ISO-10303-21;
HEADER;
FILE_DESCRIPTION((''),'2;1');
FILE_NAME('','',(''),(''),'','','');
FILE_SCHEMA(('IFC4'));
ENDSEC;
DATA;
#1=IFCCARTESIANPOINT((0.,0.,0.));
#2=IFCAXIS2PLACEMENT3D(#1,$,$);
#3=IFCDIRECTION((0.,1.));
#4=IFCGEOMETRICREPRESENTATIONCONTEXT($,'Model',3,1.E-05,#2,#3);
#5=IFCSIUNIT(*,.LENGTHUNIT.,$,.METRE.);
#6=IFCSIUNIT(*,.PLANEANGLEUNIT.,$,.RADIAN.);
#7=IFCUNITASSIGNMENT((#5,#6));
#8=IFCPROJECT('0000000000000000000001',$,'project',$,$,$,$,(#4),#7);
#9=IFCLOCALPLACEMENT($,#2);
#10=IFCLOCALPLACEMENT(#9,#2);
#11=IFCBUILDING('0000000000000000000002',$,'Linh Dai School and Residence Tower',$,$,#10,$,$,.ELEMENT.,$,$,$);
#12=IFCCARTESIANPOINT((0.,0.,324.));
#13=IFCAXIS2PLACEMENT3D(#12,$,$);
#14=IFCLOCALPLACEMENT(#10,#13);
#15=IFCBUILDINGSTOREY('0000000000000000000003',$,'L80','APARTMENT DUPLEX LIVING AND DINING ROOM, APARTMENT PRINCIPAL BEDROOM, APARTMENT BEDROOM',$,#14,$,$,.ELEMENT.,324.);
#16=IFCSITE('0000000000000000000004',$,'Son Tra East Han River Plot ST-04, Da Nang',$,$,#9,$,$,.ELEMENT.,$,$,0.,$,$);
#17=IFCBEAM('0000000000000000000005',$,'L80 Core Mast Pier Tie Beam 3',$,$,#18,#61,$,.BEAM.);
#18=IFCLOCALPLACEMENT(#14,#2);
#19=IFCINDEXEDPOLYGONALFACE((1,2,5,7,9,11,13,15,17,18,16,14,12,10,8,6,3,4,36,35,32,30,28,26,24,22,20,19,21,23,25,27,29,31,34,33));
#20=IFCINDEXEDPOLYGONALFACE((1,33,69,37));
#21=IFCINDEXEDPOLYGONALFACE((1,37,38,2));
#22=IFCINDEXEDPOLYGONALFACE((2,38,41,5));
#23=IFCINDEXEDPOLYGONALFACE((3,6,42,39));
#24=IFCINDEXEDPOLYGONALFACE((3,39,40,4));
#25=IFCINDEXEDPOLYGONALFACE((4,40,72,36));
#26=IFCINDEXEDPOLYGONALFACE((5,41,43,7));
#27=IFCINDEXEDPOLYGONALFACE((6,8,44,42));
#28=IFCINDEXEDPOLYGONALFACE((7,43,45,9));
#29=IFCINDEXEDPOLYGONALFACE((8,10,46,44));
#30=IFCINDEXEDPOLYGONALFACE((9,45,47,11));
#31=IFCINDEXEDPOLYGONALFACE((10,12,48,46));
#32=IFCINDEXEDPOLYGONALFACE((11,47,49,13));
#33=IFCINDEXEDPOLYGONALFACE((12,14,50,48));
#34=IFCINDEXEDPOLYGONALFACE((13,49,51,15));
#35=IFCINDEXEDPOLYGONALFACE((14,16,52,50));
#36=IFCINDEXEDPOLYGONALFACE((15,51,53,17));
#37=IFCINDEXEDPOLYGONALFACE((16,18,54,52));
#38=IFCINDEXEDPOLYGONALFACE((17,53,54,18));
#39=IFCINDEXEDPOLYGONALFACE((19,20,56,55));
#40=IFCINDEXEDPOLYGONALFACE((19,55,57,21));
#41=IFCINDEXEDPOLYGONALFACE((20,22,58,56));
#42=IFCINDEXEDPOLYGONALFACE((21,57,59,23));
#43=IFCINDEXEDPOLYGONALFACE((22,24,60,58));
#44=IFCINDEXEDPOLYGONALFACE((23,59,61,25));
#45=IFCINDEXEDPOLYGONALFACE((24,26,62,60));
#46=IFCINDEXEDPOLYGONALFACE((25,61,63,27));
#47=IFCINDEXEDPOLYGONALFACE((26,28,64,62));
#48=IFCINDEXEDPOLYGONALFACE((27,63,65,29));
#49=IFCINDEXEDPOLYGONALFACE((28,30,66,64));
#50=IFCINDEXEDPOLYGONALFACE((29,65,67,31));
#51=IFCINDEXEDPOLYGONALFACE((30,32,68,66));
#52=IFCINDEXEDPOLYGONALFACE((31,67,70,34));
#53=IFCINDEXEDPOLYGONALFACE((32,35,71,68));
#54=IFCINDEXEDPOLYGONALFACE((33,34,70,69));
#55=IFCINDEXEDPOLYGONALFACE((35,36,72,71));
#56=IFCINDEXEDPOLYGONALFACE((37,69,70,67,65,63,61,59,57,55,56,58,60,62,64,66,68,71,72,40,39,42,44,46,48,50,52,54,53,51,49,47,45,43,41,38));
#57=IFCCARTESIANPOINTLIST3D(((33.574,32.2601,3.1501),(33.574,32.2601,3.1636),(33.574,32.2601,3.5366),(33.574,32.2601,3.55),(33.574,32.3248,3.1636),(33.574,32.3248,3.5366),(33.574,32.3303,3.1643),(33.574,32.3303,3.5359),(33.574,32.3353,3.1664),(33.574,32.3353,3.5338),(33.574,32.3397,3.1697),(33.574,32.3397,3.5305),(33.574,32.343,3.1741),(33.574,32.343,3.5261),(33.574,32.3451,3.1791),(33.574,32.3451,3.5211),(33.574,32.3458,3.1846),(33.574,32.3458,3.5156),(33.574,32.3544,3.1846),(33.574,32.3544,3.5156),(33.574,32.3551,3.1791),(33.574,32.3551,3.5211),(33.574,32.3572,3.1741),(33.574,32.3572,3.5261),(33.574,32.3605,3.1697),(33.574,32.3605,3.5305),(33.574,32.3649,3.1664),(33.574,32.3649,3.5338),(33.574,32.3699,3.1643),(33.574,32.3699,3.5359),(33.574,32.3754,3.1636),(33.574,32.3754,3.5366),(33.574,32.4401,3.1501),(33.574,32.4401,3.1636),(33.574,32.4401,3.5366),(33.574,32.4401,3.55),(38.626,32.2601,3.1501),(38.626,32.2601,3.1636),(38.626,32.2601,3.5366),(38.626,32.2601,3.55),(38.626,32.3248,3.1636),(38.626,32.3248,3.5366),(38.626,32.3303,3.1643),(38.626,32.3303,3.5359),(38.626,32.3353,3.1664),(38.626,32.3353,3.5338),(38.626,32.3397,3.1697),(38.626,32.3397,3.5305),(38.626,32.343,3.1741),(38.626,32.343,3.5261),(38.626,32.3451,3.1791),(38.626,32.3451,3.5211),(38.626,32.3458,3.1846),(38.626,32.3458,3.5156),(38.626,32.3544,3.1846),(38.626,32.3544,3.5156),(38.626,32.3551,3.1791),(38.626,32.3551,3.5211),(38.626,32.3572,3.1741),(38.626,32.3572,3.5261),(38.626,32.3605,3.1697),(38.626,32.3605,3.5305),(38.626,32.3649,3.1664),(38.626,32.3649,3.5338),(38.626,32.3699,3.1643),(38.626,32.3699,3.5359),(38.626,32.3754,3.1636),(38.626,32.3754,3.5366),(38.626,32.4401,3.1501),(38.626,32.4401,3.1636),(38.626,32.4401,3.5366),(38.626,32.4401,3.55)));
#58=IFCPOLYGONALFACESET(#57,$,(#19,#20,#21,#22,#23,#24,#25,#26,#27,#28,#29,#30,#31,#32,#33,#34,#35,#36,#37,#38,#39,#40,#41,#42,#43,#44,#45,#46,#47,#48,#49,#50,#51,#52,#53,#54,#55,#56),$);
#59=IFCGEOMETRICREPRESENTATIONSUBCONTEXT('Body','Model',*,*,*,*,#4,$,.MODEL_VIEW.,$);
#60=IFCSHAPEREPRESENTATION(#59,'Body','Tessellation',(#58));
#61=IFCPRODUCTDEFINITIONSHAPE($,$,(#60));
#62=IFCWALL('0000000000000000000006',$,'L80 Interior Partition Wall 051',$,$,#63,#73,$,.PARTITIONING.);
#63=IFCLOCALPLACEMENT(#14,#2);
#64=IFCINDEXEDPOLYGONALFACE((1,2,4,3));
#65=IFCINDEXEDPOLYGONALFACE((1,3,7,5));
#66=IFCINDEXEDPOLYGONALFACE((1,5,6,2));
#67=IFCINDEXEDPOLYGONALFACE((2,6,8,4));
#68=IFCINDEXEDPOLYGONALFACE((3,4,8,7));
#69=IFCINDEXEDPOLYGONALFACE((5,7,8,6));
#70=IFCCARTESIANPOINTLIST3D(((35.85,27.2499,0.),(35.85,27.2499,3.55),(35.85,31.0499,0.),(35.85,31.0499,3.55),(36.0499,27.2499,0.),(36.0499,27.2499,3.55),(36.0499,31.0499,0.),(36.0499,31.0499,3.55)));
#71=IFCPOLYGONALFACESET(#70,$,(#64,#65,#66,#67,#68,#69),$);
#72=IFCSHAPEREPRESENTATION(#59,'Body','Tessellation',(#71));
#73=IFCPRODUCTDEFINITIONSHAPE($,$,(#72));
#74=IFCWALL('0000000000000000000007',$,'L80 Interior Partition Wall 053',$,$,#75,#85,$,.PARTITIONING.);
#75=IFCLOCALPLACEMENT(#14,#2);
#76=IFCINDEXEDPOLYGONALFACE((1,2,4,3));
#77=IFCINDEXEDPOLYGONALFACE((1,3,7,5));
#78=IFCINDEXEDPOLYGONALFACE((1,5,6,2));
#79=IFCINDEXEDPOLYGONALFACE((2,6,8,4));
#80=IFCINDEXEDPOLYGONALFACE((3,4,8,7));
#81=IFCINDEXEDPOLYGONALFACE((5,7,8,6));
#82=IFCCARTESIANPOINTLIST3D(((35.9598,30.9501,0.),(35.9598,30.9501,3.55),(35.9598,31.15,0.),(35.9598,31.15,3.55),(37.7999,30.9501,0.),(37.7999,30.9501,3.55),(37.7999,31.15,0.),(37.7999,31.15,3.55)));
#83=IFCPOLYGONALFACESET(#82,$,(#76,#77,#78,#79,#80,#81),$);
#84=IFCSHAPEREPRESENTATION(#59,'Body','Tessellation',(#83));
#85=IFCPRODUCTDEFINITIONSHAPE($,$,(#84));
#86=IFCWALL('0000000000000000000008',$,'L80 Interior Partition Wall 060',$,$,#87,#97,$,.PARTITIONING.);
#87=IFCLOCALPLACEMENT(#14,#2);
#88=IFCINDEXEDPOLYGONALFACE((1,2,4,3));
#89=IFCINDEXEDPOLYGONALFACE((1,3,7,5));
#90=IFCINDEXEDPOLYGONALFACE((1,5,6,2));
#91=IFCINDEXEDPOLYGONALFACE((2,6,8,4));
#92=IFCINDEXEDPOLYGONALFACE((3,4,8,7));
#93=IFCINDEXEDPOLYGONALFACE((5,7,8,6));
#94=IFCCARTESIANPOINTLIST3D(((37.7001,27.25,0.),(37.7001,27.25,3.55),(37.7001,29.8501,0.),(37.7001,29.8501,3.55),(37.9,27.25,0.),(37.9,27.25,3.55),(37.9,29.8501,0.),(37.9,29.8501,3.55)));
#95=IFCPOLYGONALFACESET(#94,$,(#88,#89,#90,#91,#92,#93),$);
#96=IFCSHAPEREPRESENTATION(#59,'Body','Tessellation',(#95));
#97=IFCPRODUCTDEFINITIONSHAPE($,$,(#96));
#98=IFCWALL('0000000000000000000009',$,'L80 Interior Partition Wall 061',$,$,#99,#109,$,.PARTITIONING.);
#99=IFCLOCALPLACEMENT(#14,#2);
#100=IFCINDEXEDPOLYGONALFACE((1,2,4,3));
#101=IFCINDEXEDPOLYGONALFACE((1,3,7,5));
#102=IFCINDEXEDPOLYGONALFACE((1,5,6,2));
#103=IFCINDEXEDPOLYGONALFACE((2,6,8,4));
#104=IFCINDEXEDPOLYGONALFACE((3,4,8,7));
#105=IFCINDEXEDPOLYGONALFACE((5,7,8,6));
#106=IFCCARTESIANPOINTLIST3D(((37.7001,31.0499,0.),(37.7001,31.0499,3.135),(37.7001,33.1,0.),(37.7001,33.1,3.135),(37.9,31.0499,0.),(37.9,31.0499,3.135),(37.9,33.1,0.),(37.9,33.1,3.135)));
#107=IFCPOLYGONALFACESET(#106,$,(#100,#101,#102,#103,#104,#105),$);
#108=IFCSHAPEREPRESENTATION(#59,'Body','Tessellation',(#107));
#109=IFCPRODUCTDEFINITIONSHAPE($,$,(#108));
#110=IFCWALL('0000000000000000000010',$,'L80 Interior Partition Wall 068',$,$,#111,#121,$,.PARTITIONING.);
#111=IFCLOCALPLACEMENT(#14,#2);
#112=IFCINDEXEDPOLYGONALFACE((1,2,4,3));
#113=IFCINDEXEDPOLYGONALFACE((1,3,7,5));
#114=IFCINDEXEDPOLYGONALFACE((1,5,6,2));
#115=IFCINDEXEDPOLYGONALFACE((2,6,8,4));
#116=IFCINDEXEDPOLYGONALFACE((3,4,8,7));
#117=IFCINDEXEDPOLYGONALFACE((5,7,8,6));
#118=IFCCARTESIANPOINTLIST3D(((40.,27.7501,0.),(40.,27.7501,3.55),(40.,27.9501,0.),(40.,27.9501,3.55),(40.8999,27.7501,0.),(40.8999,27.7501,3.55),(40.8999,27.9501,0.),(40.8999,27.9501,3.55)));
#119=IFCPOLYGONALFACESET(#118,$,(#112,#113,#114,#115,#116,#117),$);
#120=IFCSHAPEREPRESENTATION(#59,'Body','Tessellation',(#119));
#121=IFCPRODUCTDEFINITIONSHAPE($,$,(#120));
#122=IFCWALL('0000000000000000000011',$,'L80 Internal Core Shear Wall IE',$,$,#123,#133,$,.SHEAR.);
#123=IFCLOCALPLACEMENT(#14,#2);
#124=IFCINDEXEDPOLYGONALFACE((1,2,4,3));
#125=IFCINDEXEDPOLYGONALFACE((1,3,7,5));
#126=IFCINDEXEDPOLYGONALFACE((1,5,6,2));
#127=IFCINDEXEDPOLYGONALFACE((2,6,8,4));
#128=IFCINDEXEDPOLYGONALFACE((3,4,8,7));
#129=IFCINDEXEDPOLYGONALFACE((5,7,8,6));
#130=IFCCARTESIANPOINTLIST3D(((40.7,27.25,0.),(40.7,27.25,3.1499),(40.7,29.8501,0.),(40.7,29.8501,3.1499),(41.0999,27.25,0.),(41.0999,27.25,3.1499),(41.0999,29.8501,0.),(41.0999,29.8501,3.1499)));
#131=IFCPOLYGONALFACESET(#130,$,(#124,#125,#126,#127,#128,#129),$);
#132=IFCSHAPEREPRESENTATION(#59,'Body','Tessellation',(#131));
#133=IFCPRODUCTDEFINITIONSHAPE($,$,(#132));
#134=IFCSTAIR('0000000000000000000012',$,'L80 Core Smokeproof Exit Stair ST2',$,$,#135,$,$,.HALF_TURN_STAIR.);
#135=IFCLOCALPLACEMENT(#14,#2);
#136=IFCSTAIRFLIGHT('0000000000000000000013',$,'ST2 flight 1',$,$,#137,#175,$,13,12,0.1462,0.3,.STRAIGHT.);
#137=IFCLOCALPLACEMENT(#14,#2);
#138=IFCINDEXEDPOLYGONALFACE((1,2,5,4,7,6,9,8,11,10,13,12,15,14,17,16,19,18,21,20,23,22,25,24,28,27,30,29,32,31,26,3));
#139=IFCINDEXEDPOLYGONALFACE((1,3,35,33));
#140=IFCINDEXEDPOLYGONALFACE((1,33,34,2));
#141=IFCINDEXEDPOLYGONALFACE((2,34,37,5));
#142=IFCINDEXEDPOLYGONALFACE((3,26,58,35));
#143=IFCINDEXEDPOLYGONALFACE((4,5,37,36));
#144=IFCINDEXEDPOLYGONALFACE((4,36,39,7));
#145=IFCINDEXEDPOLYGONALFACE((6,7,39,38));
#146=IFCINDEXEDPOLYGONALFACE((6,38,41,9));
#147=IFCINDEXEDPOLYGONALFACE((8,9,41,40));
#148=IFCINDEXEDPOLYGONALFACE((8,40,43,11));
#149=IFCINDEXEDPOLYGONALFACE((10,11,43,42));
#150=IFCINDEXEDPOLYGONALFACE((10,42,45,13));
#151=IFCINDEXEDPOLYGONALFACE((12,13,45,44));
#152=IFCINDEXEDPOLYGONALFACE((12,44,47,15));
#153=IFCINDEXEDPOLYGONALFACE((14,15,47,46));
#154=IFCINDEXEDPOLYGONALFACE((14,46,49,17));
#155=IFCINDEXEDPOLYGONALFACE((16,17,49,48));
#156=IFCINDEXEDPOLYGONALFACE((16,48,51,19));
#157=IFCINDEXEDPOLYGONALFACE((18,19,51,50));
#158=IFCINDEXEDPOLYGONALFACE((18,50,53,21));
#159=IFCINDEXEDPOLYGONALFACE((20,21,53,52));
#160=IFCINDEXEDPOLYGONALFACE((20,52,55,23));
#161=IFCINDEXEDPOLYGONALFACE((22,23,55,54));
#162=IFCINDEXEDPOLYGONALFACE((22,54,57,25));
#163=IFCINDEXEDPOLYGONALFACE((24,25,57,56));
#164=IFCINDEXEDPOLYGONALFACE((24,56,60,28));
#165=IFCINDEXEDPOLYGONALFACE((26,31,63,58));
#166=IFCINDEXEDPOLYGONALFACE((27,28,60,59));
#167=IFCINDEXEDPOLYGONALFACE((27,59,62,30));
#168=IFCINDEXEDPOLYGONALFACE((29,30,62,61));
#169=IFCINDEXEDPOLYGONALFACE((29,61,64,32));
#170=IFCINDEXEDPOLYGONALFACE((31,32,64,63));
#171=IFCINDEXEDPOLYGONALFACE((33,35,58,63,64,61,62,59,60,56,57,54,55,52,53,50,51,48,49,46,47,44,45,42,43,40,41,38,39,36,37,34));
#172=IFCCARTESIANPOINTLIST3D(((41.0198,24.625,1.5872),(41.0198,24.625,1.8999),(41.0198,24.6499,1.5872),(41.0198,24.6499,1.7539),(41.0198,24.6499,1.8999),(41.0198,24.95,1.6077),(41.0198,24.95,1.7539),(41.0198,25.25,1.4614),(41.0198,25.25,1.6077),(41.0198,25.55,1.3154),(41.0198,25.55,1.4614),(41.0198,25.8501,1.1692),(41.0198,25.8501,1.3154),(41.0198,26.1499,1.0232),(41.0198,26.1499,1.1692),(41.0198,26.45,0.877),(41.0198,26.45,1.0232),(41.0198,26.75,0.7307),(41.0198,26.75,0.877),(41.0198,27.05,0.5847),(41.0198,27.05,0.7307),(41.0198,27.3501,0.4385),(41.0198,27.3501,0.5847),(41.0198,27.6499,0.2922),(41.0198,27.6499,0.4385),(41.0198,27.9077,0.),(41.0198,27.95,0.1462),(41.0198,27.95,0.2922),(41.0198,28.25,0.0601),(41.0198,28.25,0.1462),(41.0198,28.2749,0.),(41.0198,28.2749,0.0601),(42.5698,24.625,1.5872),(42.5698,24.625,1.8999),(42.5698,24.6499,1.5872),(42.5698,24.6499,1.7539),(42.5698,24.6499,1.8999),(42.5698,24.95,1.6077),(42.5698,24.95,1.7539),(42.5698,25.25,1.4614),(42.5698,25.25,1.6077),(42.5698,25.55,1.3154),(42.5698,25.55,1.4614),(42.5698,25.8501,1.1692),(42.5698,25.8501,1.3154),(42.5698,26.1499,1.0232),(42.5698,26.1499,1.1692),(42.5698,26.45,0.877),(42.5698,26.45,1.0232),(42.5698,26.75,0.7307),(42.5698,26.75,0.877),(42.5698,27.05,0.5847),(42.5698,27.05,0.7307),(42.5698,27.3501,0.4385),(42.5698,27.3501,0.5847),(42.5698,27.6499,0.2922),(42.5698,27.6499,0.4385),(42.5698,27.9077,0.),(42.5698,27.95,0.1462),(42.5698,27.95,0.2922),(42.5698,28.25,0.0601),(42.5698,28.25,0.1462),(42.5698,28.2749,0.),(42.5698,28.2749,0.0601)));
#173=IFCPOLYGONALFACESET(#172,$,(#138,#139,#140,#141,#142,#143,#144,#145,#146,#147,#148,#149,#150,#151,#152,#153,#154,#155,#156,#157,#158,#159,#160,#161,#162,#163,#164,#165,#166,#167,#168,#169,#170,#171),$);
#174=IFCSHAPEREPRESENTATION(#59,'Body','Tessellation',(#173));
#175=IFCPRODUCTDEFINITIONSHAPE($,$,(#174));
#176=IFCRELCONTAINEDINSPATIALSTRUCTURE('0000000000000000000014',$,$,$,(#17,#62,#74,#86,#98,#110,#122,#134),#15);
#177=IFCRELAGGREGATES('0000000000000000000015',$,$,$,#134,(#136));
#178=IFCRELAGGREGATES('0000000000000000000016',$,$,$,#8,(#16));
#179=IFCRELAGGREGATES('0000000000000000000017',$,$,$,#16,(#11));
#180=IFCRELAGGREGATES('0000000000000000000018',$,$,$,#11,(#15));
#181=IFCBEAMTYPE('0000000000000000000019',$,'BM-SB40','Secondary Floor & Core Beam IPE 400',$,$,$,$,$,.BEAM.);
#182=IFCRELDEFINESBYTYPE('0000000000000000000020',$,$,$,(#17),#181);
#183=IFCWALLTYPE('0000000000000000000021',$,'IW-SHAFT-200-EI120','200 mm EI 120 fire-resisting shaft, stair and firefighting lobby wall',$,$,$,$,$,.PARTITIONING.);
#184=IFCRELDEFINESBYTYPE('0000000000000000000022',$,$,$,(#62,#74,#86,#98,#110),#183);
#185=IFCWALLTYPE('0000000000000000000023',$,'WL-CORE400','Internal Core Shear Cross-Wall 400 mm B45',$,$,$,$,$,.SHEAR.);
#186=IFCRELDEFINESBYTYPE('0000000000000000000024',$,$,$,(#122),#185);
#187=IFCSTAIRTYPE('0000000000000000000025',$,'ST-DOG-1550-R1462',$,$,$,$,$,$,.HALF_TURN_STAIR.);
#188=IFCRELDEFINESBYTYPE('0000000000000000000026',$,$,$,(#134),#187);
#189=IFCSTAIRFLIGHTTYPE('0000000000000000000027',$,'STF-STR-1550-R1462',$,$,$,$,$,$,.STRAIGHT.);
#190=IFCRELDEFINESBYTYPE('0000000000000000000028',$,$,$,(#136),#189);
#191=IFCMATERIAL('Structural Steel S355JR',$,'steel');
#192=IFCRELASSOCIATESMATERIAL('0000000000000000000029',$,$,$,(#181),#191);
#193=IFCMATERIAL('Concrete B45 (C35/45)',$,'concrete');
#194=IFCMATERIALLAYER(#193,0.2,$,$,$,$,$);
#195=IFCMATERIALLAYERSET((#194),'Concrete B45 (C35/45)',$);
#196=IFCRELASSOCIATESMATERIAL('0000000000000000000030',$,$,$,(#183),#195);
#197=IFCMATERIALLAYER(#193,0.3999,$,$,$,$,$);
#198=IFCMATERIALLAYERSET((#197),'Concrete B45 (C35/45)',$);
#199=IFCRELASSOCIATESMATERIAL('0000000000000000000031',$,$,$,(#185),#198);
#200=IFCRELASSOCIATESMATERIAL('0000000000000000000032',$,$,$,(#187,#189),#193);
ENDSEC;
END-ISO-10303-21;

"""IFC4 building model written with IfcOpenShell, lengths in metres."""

from ifc_helpers import new_model, si_unit, direction, frame, frame_2d, origin, origin_2d, place, context, subcontext, project, spatial, polyline, rectangle, i_section, outline, extrude, source, transform, mapped, material, layer, layer_set, material_profile, profile_set, type_object, element, aggregate, save


model = new_model("IFC4")

# Units and contexts
model_context = context("Model", 3, precision=1e-05, world=origin(), true_north=direction((0.0, 1.0)))
body_context = subcontext(model_context, "Body", "Model", "MODEL_VIEW")
ifc_project = project(units=[si_unit("LENGTHUNIT", "METRE"), si_unit("PLANEANGLEUNIT", "RADIAN")], contexts=[model_context])

# Site, building, storey
site_placement = place(None, origin())
site = spatial("IfcSite", under=ifc_project, at=site_placement, Name="Son Tra East Han River Plot ST-04, Da Nang", CompositionType="ELEMENT", RefElevation=0.0)
building_placement = place(site_placement, origin())
building = spatial("IfcBuilding", under=site, at=building_placement, Name="Linh Dai School and Residence Tower", CompositionType="ELEMENT")
storey_placement = place(building_placement, frame((0.0, 0.0, 324.0)))
storey = spatial("IfcBuildingStorey", under=building, at=storey_placement, Name="L80", Description="APARTMENT DUPLEX LIVING AND DINING ROOM, APARTMENT PRINCIPAL BEDROOM, APARTMENT BEDROOM", CompositionType="ELEMENT", Elevation=324.0)

# Shared definitions
ifc_material_1 = material(Name="Structural Steel S355JR", Category="steel")

# Beam
ifc_material_profile_1 = material_profile(ifc_material_1, i_section(OverallWidth=0.1799, OverallDepth=0.3999, WebThickness=0.0085, FlangeThickness=0.0134, FilletRadius=0.021, at=origin_2d()), Name="IPE 400")
ifc_profile_set_1 = profile_set([ifc_material_profile_1], Name="Structural Steel S355JR")
beam_type_1 = type_object("IfcBeamType", Name="BM-SB40", Description="Secondary Floor & Core Beam IPE 400", PredefinedType="BEAM", material=ifc_profile_set_1)
beam_1_placement = place(storey_placement, frame((38.626, 32.3501, 3.3501), z_axis=(-1.0, 0.0, 0.0), x_axis=(0.0, -1.0, 0.0)))
element("IfcBeam", 1, at=beam_1_placement, inside=storey, type_object=beam_type_1, Name="L80 Core Mast Pier Tie Beam 3", PredefinedType="BEAM", context=body_context, shape_type="SweptSolid", body=[
    extrude(i_section(OverallWidth=0.1799, OverallDepth=0.3999, WebThickness=0.0085, FlangeThickness=0.0134, FilletRadius=0.021, at=origin_2d()), origin(), (0.0, 0.0, 1.0), 5.052),
])

# Wall
ifc_material_2 = material(Name="Concrete B45 (C35/45)", Category="concrete")
ifc_layer_1 = layer(ifc_material_2, 0.2)
ifc_layer_set_1 = layer_set([ifc_layer_1], Name="Concrete B45 (C35/45)")
wall_type_1 = type_object("IfcWallType", Name="IW-SHAFT-200-EI120", Description="200 mm EI 120 fire-resisting shaft, stair and firefighting lobby wall", PredefinedType="PARTITIONING", material=ifc_layer_set_1)
wall_1_placement = place(storey_placement, frame((35.95, 27.25, 0.0), z_axis=(0.0, 0.0, 1.0), x_axis=(0.0, 1.0, 0.0)))
element("IfcWall", 2, at=wall_1_placement, inside=storey, type_object=wall_type_1, Name="L80 Interior Partition Wall 051", PredefinedType="PARTITIONING", context=body_context, shape_type="SweptSolid", body=[
    extrude(rectangle(XDim=3.8, YDim=0.2, at=frame_2d((1.8999, 0.0))), origin(), (0.0, 0.0, 1.0), 3.55),
])

# Walls
wall_2_placement = place(storey_placement, frame((35.96, 31.05, 0.0), z_axis=(0.0, 0.0, 1.0), x_axis=(1.0, 0.0, 0.0)))
element("IfcWall", 3, at=wall_2_placement, inside=storey, type_object=wall_type_1, Name="L80 Interior Partition Wall 053", PredefinedType="PARTITIONING", context=body_context, shape_type="SweptSolid", body=[
    extrude(rectangle(XDim=1.8401, YDim=0.2, at=frame_2d((0.9199, 0.0))), origin(), (0.0, 0.0, 1.0), 3.55),
])
wall_3_placement = place(storey_placement, frame((37.8, 27.25, 0.0), z_axis=(0.0, 0.0, 1.0), x_axis=(0.0, 1.0, 0.0)))
element("IfcWall", 4, at=wall_3_placement, inside=storey, type_object=wall_type_1, Name="L80 Interior Partition Wall 060", PredefinedType="PARTITIONING", context=body_context, shape_type="SweptSolid", body=[
    extrude(rectangle(XDim=2.6001, YDim=0.2, at=frame_2d((1.3, 0.0))), origin(), (0.0, 0.0, 1.0), 3.55),
])
wall_4_placement = place(storey_placement, frame((37.8, 31.05, 0.0), z_axis=(0.0, 0.0, 1.0), x_axis=(0.0, 1.0, 0.0)))
element("IfcWall", 5, at=wall_4_placement, inside=storey, type_object=wall_type_1, Name="L80 Interior Partition Wall 061", PredefinedType="PARTITIONING", context=body_context, shape_type="SweptSolid", body=[
    extrude(rectangle(XDim=2.05, YDim=0.2, at=frame_2d((1.0249, 0.0))), origin(), (0.0, 0.0, 1.0), 3.135),
])
wall_5_placement = place(storey_placement, frame((40.0, 27.8501, 0.0), z_axis=(0.0, 0.0, 1.0), x_axis=(1.0, 0.0, 0.0)))
element("IfcWall", 6, at=wall_5_placement, inside=storey, type_object=wall_type_1, Name="L80 Interior Partition Wall 068", PredefinedType="PARTITIONING", context=body_context, shape_type="SweptSolid", body=[
    extrude(rectangle(XDim=0.8999, YDim=0.2, at=frame_2d((0.45, 0.0))), origin(), (0.0, 0.0, 1.0), 3.55),
])
ifc_layer_2 = layer(ifc_material_2, 0.3999)
ifc_layer_set_2 = layer_set([ifc_layer_2], Name="Concrete B45 (C35/45)")
wall_type_2 = type_object("IfcWallType", Name="WL-CORE400", Description="Internal Core Shear Cross-Wall 400 mm B45", PredefinedType="SHEAR", material=ifc_layer_set_2)
wall_6_placement = place(storey_placement, frame((40.8999, 27.25, 0.0), z_axis=(0.0, 0.0, 1.0), x_axis=(0.0, 1.0, 0.0)))
element("IfcWall", 7, at=wall_6_placement, inside=storey, type_object=wall_type_2, Name="L80 Internal Core Shear Wall IE", PredefinedType="SHEAR", context=body_context, shape_type="SweptSolid", body=[
    extrude(rectangle(XDim=2.6001, YDim=0.3999, at=frame_2d((1.3, 0.0))), origin(), (0.0, 0.0, 1.0), 3.1499),
])

# Stair, stair flight
stair_type = type_object("IfcStairType", Name="ST-DOG-1550-R1462", PredefinedType="HALF_TURN_STAIR", material=ifc_material_2)
stair_placement = place(storey_placement, origin())
stair = element("IfcStair", 8, at=stair_placement, inside=storey, type_object=stair_type, Name="L80 Core Smokeproof Exit Stair ST2", PredefinedType="HALF_TURN_STAIR")
stair_flight_type = type_object("IfcStairFlightType", Name="STF-STR-1550-R1462", PredefinedType="STRAIGHT", material=ifc_material_2)
shared_shape_1 = source(origin(), body_context, "Body", "SweptSolid", [
    extrude(outline(polyline([(-0.0249, 0.0), (-0.0249, 0.0601), (0.0, 0.0601), (0.0, 0.1462), (0.3, 0.1462), (0.3, 0.2922), (0.6001, 0.2922), (0.6001, 0.4385), (0.8999, 0.4385), (0.8999, 0.5847), (1.2, 0.5847), (1.2, 0.7307), (1.5, 0.7307), (1.5, 0.877), (1.8, 0.877), (1.8, 1.0232), (2.1001, 1.0232), (2.1001, 1.1692), (2.3999, 1.1692), (2.3999, 1.3154), (2.7, 1.3154), (2.7, 1.4614), (3.0, 1.4614), (3.0, 1.6077), (3.3, 1.6077), (3.3, 1.7539), (3.6001, 1.7539), (3.6001, 1.8999), (3.625, 1.8999), (3.625, 1.5872), (3.6001, 1.5872), (0.3423, 0.0), (-0.0249, 0.0)])), frame((0.0, 0.7749, 0.0), z_axis=(0.0, -1.0, 0.0), x_axis=(1.0, 0.0, 0.0)), (0.0, 0.0, 1.0), 1.55),
])
stair_flight_placement = place(storey_placement, frame((41.7949, 28.25, 0.0), z_axis=(0.0, 0.0, 1.0), x_axis=(0.0, -1.0, 0.0)))
stair_flight = element("IfcStairFlight", 9, at=stair_flight_placement, type_object=stair_flight_type, Name="ST2 flight 1", NumberOfRisers=13, NumberOfTreads=12, PredefinedType="STRAIGHT", RiserHeight=0.1462, TreadLength=0.3, context=body_context, shape_type="MappedRepresentation", body=[
    mapped(shared_shape_1, transform((0.0, 0.0, 0.0), x_axis=(1.0, 0.0, 0.0), y_axis=(0.0, 1.0, 0.0), z_axis=(0.0, 0.0, 1.0), scale=1.0)),
])
aggregate(stair, [stair_flight])

save(model, "model.ifc")
